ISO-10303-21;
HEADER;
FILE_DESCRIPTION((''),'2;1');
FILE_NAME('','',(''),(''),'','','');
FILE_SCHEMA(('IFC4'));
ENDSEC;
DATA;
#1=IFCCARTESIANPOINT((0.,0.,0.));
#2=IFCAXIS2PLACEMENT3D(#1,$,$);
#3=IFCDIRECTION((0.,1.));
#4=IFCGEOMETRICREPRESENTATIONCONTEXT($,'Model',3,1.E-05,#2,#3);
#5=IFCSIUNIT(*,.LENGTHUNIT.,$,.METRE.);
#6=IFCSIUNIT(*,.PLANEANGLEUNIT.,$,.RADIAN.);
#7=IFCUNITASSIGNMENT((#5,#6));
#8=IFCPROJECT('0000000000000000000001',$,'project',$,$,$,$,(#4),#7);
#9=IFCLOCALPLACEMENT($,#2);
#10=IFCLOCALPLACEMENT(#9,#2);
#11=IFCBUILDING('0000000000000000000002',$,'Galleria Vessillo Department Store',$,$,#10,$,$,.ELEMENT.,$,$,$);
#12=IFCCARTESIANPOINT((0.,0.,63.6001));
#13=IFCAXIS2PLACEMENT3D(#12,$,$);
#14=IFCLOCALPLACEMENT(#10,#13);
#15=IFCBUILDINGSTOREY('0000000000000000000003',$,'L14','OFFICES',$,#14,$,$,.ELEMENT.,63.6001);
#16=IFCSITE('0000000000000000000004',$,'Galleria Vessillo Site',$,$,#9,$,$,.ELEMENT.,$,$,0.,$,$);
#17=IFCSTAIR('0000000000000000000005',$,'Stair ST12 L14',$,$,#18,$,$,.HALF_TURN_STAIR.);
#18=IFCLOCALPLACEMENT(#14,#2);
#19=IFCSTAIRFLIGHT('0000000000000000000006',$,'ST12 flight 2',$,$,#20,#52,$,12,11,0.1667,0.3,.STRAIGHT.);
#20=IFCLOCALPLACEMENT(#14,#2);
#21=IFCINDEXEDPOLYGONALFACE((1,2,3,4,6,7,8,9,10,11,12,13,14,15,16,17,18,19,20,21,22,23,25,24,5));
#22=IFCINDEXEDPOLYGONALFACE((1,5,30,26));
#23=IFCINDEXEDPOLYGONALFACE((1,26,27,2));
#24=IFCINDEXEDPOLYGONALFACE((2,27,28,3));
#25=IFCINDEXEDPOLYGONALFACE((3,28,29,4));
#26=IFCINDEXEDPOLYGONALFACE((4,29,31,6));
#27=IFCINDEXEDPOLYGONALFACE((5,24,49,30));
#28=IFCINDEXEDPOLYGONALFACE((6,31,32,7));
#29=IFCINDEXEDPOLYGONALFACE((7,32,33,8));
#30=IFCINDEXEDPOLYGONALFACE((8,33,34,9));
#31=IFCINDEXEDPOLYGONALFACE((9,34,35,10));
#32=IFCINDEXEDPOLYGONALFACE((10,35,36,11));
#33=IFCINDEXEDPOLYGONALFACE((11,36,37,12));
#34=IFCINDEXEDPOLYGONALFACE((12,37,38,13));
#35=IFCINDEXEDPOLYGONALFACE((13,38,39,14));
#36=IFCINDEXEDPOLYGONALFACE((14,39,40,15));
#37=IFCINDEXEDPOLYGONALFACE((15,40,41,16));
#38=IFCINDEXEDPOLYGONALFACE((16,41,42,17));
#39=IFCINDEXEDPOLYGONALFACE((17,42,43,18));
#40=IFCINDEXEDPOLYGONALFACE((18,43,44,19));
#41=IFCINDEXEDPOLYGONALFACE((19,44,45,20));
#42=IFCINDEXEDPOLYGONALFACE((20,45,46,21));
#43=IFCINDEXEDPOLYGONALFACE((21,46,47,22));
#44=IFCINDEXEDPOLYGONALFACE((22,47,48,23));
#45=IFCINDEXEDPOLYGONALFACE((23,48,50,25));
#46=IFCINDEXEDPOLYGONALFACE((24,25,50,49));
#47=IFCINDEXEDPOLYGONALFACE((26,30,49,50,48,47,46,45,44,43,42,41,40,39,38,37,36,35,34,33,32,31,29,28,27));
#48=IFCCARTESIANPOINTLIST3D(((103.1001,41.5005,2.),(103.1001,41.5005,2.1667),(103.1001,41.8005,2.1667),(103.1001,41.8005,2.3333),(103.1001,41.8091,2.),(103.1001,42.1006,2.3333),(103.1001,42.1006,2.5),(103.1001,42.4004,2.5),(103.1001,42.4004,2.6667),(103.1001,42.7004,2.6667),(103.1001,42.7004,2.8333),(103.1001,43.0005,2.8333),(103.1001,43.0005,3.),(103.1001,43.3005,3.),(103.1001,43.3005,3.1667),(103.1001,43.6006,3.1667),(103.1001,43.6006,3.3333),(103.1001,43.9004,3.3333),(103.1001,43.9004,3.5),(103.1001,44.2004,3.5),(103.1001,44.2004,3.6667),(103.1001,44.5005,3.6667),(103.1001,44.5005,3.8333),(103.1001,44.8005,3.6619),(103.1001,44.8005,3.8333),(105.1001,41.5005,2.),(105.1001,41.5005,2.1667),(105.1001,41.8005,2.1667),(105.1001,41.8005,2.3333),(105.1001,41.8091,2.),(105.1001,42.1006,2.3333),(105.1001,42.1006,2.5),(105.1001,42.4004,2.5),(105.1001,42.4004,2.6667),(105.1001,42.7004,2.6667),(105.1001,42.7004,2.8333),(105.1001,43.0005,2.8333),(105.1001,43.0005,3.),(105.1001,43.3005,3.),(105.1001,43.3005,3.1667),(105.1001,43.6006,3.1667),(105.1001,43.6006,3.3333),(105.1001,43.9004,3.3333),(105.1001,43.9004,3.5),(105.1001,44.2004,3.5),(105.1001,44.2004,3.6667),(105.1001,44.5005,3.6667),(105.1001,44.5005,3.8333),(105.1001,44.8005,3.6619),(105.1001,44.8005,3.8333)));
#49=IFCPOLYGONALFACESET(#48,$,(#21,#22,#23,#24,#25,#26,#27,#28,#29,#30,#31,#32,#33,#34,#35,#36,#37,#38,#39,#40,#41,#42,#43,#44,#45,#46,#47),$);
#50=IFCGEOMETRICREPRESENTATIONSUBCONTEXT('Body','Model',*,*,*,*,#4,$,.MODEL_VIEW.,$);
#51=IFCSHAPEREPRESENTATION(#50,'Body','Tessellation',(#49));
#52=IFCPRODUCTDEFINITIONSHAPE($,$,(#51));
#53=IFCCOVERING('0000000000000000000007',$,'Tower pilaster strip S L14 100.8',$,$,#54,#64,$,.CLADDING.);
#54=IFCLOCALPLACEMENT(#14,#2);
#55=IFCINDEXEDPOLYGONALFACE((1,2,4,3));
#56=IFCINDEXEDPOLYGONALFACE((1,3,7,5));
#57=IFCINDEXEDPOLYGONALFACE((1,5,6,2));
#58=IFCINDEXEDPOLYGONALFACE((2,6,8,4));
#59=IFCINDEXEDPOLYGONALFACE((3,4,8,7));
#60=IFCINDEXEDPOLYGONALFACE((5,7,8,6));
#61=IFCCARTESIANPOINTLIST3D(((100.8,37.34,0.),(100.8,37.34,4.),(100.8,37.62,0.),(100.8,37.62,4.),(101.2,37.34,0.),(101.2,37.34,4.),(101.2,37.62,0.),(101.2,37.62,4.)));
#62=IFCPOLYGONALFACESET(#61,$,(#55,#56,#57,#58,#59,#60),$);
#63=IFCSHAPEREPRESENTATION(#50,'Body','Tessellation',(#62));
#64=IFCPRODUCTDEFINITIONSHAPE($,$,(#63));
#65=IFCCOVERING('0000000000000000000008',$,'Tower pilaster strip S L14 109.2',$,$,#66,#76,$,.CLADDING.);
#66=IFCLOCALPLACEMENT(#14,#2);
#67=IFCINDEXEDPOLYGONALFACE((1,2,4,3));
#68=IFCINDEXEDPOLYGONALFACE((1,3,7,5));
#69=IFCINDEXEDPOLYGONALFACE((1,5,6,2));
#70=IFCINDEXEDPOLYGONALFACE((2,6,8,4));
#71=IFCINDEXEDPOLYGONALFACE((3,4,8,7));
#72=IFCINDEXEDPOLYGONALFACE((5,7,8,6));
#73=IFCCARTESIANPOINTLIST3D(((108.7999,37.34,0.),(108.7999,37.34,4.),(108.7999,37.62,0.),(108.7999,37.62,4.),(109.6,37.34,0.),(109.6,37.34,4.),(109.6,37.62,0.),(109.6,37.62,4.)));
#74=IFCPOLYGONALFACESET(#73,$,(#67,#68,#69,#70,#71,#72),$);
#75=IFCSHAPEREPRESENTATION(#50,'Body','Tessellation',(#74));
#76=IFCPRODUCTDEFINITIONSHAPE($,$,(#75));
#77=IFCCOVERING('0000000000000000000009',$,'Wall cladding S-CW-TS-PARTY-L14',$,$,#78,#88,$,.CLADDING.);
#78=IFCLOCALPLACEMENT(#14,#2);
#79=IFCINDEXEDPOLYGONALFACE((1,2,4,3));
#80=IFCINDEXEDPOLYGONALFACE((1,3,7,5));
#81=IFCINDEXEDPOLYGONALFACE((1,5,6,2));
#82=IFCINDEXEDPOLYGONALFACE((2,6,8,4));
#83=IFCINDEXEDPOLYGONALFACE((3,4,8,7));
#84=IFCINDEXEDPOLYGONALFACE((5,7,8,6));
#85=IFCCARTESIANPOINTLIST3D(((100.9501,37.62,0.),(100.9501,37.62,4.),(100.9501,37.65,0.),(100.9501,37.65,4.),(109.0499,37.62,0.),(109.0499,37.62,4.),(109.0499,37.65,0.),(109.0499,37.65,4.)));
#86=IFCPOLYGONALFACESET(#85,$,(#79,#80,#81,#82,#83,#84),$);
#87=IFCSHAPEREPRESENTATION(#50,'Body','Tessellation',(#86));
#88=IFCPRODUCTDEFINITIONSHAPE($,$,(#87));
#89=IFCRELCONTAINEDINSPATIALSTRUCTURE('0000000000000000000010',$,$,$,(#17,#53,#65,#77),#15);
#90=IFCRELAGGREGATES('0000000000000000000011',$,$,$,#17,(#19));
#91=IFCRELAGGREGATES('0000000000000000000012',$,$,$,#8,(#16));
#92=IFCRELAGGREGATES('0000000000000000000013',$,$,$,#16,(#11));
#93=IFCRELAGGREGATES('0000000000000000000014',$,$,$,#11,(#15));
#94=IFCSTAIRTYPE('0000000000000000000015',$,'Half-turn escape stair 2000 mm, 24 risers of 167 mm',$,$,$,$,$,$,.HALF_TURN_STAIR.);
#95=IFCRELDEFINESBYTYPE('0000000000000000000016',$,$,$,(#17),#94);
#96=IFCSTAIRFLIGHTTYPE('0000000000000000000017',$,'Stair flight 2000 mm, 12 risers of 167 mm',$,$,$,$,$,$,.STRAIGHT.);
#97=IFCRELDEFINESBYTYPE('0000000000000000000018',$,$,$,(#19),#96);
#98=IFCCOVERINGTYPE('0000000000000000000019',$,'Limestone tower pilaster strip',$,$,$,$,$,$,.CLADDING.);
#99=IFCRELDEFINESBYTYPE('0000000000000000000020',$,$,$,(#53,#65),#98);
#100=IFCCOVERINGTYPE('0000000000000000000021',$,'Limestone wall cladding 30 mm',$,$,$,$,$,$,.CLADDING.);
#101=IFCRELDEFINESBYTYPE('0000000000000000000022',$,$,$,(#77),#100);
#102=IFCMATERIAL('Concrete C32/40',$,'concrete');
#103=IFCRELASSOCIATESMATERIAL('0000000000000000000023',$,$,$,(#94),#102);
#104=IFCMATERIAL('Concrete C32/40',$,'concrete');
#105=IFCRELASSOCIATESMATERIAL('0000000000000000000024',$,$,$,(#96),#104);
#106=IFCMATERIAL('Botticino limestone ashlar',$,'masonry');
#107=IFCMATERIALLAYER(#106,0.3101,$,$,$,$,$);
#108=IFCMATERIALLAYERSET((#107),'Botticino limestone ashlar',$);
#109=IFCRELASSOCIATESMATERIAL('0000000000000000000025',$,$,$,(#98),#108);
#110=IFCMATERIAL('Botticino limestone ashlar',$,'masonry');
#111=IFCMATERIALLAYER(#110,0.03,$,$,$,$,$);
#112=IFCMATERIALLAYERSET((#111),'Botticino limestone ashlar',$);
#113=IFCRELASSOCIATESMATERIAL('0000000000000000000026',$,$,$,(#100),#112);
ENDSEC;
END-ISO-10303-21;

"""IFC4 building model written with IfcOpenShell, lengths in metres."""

from ifc_helpers import new_model, si_unit, direction, frame, origin, origin_2d, place, context, subcontext, project, spatial, polyline, rectangle, outline, extrude, material, layer, layer_set, type_object, element, aggregate, save


model = new_model("IFC4")

# Units and contexts
model_context = context("Model", 3, precision=1e-05, world=origin(), true_north=direction((0.0, 1.0)))
body_context = subcontext(model_context, "Body", "Model", "MODEL_VIEW")
ifc_project = project(units=[si_unit("LENGTHUNIT", "METRE"), si_unit("PLANEANGLEUNIT", "RADIAN")], contexts=[model_context])

# Site, building, storey
site_placement = place(None, origin())
site = spatial("IfcSite", under=ifc_project, at=site_placement, Name="Galleria Vessillo Site", CompositionType="ELEMENT", RefElevation=0.0)
building_placement = place(site_placement, origin())
building = spatial("IfcBuilding", under=site, at=building_placement, Name="Galleria Vessillo Department Store", CompositionType="ELEMENT")
storey_placement = place(building_placement, frame((0.0, 0.0, 63.6001)))
storey = spatial("IfcBuildingStorey", under=building, at=storey_placement, Name="L14", Description="OFFICES", CompositionType="ELEMENT", Elevation=63.6001)

# Stair, stair flight
ifc_material_1 = material(Name="Concrete C32/40", Category="concrete")
stair_type = type_object("IfcStairType", Name="Half-turn escape stair 2000 mm, 24 risers of 167 mm", PredefinedType="HALF_TURN_STAIR", material=ifc_material_1)
stair_placement = place(storey_placement, origin())
stair = element("IfcStair", 1, at=stair_placement, inside=storey, type_object=stair_type, Name="Stair ST12 L14", PredefinedType="HALF_TURN_STAIR")
ifc_material_2 = material(Name="Concrete C32/40", Category="concrete")
stair_flight_type = type_object("IfcStairFlightType", Name="Stair flight 2000 mm, 12 risers of 167 mm", PredefinedType="STRAIGHT", material=ifc_material_2)
stair_flight_placement = place(storey_placement, frame((104.1001, 41.5005, 2.0), z_axis=(0.0, 0.0, 1.0), x_axis=(0.0, 1.0, 0.0)))
stair_flight = element("IfcStairFlight", 2, at=stair_flight_placement, type_object=stair_flight_type, Name="ST12 flight 2", NumberOfRisers=12, NumberOfTreads=11, PredefinedType="STRAIGHT", RiserHeight=0.1667, TreadLength=0.3, context=body_context, shape_type="SweptSolid", body=[
    extrude(outline(polyline([(0.0, 0.0), (0.0, 0.1667), (0.3, 0.1667), (0.3, 0.3333), (0.6001, 0.3333), (0.6001, 0.5), (0.8999, 0.5), (0.8999, 0.6667), (1.2, 0.6667), (1.2, 0.8333), (1.5, 0.8333), (1.5, 1.0), (1.8, 1.0), (1.8, 1.1667), (2.1001, 1.1667), (2.1001, 1.3333), (2.3999, 1.3333), (2.3999, 1.5), (2.7, 1.5), (2.7, 1.6667), (3.0, 1.6667), (3.0, 1.8333), (3.3, 1.8333), (3.3, 2.0), (3.3, 1.6619), (0.3086, 0.0), (0.0, 0.0)])), frame((0.0, 1.0, 0.0), z_axis=(0.0, -1.0, 0.0), x_axis=(1.0, 0.0, 0.0)), (0.0, 0.0, 1.0), 2.0),
])
aggregate(stair, [stair_flight])

# Coverings
ifc_material_3 = material(Name="Botticino limestone ashlar", Category="masonry")
ifc_layer_1 = layer(ifc_material_3, 0.3101)
ifc_layer_set_1 = layer_set([ifc_layer_1], Name="Botticino limestone ashlar")
covering_type_1 = type_object("IfcCoveringType", Name="Limestone tower pilaster strip", PredefinedType="CLADDING", material=ifc_layer_set_1)
covering_1_placement = place(storey_placement, frame((101.0, 37.48, 0.0), z_axis=(0.0, 0.0, 1.0), x_axis=(1.0, 0.0, 0.0)))
element("IfcCovering", 3, at=covering_1_placement, inside=storey, type_object=covering_type_1, Name="Tower pilaster strip S L14 100.8", PredefinedType="CLADDING", context=body_context, shape_type="SweptSolid", body=[
    extrude(rectangle(XDim=0.3999, YDim=0.28, at=origin_2d()), origin(), (0.0, 0.0, 1.0), 4.0),
])
covering_2_placement = place(storey_placement, frame((109.2, 37.48, 0.0), z_axis=(0.0, 0.0, 1.0), x_axis=(1.0, 0.0, 0.0)))
element("IfcCovering", 4, at=covering_2_placement, inside=storey, type_object=covering_type_1, Name="Tower pilaster strip S L14 109.2", PredefinedType="CLADDING", context=body_context, shape_type="SweptSolid", body=[
    extrude(rectangle(XDim=0.8, YDim=0.28, at=origin_2d()), origin(), (0.0, 0.0, 1.0), 4.0),
])
ifc_material_4 = material(Name="Botticino limestone ashlar", Category="masonry")
ifc_layer_2 = layer(ifc_material_4, 0.03)
ifc_layer_set_2 = layer_set([ifc_layer_2], Name="Botticino limestone ashlar")
covering_type_2 = type_object("IfcCoveringType", Name="Limestone wall cladding 30 mm", PredefinedType="CLADDING", material=ifc_layer_set_2)
covering_3_placement = place(storey_placement, frame((105.0, 37.635, 0.0), z_axis=(0.0, 0.0, 1.0), x_axis=(1.0, 0.0, 0.0)))
element("IfcCovering", 5, at=covering_3_placement, inside=storey, type_object=covering_type_2, Name="Wall cladding S-CW-TS-PARTY-L14", PredefinedType="CLADDING", context=body_context, shape_type="SweptSolid", body=[
    extrude(rectangle(XDim=8.0999, YDim=0.03, at=origin_2d()), origin(), (0.0, 0.0, 1.0), 4.0),
])

save(model, "model.ifc")
